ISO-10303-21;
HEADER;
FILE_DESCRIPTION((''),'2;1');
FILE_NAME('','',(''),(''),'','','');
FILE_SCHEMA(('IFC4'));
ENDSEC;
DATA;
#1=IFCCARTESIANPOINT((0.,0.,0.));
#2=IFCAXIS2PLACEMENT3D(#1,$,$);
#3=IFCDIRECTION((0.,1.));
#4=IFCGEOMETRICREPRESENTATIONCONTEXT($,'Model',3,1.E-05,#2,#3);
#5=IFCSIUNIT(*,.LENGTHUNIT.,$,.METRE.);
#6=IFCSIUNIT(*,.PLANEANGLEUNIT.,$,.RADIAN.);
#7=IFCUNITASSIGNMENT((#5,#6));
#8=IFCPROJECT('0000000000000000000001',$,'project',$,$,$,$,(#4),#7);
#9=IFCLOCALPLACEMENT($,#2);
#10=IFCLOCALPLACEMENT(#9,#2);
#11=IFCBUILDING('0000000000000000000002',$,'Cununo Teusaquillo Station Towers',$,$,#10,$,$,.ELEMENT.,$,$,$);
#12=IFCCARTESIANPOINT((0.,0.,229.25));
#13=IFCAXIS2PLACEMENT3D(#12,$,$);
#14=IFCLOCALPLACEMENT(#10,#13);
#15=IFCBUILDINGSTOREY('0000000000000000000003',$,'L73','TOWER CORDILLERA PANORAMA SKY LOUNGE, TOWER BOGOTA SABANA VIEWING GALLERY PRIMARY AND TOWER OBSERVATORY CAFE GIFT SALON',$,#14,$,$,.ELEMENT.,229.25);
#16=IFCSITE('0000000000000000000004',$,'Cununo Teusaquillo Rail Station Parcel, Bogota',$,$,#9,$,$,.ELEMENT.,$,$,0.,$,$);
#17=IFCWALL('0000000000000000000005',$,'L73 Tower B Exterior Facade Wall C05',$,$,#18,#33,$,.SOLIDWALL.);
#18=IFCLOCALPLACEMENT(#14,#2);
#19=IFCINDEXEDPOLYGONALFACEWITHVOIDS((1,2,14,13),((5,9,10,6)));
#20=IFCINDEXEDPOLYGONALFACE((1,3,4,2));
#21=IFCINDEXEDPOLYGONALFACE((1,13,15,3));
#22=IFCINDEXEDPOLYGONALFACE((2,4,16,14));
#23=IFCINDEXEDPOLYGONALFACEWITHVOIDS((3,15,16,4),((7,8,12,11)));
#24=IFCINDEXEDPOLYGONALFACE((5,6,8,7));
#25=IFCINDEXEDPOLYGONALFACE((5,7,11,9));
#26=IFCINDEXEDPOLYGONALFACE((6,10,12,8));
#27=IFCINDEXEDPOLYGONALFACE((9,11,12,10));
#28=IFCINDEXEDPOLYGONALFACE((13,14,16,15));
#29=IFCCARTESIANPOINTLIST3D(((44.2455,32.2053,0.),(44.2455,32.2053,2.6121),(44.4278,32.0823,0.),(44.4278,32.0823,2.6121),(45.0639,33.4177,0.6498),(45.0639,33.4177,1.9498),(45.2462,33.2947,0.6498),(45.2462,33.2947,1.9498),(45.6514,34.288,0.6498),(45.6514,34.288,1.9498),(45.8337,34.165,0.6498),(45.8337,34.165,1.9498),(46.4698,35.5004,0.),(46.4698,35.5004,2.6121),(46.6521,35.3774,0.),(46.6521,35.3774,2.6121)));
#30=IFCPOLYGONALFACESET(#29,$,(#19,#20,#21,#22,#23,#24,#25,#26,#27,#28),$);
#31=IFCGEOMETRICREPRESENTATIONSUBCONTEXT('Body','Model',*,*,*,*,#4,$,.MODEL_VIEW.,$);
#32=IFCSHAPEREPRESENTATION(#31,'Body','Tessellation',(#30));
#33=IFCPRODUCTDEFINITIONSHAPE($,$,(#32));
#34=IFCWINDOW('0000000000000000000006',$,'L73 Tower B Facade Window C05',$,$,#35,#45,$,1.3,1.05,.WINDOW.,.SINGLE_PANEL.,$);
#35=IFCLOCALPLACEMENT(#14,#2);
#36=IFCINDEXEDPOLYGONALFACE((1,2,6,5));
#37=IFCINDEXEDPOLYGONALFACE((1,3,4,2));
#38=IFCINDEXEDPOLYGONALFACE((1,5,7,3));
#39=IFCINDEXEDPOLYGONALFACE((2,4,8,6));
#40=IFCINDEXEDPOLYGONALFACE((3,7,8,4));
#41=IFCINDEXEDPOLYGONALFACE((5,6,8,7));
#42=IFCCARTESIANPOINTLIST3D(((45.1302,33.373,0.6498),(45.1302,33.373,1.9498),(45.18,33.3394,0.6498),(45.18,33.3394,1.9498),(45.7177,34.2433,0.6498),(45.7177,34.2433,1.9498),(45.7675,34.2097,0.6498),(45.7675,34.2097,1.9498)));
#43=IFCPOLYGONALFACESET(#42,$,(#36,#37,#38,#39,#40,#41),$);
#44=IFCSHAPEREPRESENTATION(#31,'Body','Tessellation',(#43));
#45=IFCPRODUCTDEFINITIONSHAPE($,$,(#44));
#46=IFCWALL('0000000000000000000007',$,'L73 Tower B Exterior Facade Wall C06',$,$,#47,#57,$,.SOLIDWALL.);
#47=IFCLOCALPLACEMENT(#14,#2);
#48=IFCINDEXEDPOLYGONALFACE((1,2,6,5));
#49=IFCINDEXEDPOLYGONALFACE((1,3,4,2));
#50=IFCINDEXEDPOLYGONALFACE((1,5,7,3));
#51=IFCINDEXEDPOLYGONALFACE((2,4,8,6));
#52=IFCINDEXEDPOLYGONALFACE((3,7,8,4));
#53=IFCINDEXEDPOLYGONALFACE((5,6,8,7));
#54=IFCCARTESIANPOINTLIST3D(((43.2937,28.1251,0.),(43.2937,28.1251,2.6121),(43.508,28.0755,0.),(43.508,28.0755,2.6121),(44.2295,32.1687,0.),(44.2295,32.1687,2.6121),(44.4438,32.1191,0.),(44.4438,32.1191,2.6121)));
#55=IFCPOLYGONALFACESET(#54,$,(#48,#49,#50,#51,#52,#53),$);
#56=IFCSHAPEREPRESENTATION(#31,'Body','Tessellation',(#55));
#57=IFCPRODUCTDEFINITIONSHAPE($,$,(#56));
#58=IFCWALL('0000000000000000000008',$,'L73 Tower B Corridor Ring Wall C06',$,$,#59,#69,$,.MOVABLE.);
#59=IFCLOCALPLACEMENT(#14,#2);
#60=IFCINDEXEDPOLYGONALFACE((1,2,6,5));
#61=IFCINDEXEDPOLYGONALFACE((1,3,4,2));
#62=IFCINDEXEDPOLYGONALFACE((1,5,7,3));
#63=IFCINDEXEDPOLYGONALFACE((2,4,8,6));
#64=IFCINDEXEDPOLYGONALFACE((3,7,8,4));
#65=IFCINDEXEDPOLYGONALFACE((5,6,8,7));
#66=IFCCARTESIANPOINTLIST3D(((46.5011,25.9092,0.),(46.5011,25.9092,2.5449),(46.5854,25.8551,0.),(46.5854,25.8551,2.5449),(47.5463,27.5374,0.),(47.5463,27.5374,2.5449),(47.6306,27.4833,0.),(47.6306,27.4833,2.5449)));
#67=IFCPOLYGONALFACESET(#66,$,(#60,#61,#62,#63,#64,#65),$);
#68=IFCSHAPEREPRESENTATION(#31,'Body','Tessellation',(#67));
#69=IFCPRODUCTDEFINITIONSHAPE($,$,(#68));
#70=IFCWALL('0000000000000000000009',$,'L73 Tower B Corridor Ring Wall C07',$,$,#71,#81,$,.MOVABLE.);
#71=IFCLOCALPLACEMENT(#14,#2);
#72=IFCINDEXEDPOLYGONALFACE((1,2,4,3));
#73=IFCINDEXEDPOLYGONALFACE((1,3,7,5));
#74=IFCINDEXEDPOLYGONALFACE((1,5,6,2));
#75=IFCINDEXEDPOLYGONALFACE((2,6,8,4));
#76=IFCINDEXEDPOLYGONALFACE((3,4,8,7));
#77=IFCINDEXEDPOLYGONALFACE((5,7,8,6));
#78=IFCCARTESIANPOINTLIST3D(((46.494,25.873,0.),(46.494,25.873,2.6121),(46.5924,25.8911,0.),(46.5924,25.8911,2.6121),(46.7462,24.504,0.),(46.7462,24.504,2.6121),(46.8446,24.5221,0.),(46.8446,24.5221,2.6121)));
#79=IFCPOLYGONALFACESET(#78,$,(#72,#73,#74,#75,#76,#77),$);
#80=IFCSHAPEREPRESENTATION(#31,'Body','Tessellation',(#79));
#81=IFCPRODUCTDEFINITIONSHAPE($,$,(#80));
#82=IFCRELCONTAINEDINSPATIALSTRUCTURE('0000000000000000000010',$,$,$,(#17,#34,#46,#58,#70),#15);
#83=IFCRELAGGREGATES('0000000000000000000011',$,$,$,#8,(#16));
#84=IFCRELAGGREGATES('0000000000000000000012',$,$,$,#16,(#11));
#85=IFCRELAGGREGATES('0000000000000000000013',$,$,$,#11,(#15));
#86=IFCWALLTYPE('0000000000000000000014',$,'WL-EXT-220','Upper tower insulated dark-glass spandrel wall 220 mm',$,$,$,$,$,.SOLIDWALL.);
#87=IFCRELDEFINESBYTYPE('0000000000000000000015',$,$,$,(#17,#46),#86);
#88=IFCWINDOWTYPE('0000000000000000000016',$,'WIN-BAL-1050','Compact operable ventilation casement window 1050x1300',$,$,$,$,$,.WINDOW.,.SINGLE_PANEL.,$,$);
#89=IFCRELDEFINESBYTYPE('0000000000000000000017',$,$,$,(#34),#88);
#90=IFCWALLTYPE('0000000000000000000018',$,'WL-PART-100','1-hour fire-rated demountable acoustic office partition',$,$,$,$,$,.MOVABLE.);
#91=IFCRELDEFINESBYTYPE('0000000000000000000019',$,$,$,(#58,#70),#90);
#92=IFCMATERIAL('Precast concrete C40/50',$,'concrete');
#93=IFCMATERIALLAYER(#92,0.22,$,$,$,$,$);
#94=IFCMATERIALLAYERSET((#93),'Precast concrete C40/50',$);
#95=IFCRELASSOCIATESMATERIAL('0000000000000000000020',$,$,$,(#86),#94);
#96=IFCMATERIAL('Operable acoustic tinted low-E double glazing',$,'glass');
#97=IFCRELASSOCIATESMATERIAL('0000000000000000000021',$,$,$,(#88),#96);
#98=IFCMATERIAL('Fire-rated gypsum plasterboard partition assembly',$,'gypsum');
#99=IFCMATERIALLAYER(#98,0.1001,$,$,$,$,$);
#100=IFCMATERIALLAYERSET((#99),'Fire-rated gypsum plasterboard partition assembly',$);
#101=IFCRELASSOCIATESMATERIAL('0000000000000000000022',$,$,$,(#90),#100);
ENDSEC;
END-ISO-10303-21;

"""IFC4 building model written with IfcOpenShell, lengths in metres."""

from ifc_helpers import new_model, si_unit, direction, frame, frame_2d, origin, place, context, subcontext, project, spatial, rectangle, extrude, source, transform, mapped, material, layer, layer_set, type_object, element, fill, save


model = new_model("IFC4")

# Units and contexts
model_context = context("Model", 3, precision=1e-05, world=origin(), true_north=direction((0.0, 1.0)))
body_context = subcontext(model_context, "Body", "Model", "MODEL_VIEW")
ifc_project = project(units=[si_unit("LENGTHUNIT", "METRE"), si_unit("PLANEANGLEUNIT", "RADIAN")], contexts=[model_context])

# Site, building, storey
site_placement = place(None, origin())
site = spatial("IfcSite", under=ifc_project, at=site_placement, Name="Cununo Teusaquillo Rail Station Parcel, Bogota", CompositionType="ELEMENT", RefElevation=0.0)
building_placement = place(site_placement, origin())
building = spatial("IfcBuilding", under=site, at=building_placement, Name="Cununo Teusaquillo Station Towers", CompositionType="ELEMENT")
storey_placement = place(building_placement, frame((0.0, 0.0, 229.25)))
storey = spatial("IfcBuildingStorey", under=building, at=storey_placement, Name="L73", Description="TOWER CORDILLERA PANORAMA SKY LOUNGE, TOWER BOGOTA SABANA VIEWING GALLERY PRIMARY AND TOWER OBSERVATORY CAFE GIFT SALON", CompositionType="ELEMENT", Elevation=229.25)

# Shared definitions
ifc_material_1 = material(Name="Precast concrete C40/50", Category="concrete")
ifc_layer_1 = layer(ifc_material_1, 0.22)
ifc_layer_set_1 = layer_set([ifc_layer_1], Name="Precast concrete C40/50")
wall_type_1 = type_object("IfcWallType", Name="WL-EXT-220", Description="Upper tower insulated dark-glass spandrel wall 220 mm", PredefinedType="SOLIDWALL", material=ifc_layer_set_1)
shared_shape_1 = source(origin(), body_context, "Body", "SweptSolid", [
    extrude(rectangle(XDim=1.05, YDim=1.3, at=frame_2d((0.5249, 0.6499))), frame((0.0, 0.1199, 0.0), z_axis=(0.0, -1.0, 0.0), x_axis=(1.0, 0.0, 0.0)), (0.0, 0.0, 1.0), 0.24),
])
ifc_material_2 = material(Name="Operable acoustic tinted low-E double glazing", Category="glass")
window_type = type_object("IfcWindowType", Name="WIN-BAL-1050", Description="Compact operable ventilation casement window 1050x1300", PartitioningType="SINGLE_PANEL", PredefinedType="WINDOW", material=ifc_material_2)
shared_shape_2 = source(origin(), body_context, "Body", "SweptSolid", [
    extrude(rectangle(XDim=1.05, YDim=1.3, at=frame_2d((0.5249, 0.6499))), frame((0.0, 0.03, 0.0), z_axis=(0.0, -1.0, 0.0), x_axis=(1.0, 0.0, 0.0)), (0.0, 0.0, 1.0), 0.0601),
])

# Wall, opening, window
wall_1_placement = place(storey_placement, frame((44.3367, 32.1438, 0.0), z_axis=(0.0, 0.0, 1.0), x_axis=(0.559495, 0.828834, 0.0)))
wall_1 = element("IfcWall", 1, at=wall_1_placement, inside=storey, type_object=wall_type_1, Name="L73 Tower B Exterior Facade Wall C05", PredefinedType="SOLIDWALL", context=body_context, shape_type="SweptSolid", body=[
    extrude(rectangle(XDim=3.9756, YDim=0.22, at=frame_2d((1.9878, 0.0))), origin(), (0.0, 0.0, 1.0), 2.6121),
])
opening_1_placement = place(wall_1_placement, frame((1.4629, 0.0, 0.6499)))
opening_1 = element("IfcOpeningElement", 2, at=opening_1_placement, cuts=wall_1, PredefinedType="OPENING", context=body_context, shape_type="MappedRepresentation", body=[
    mapped(shared_shape_1, transform((0.0, 0.0, 0.0), x_axis=(1.0, 0.0, 0.0), y_axis=(0.0, 1.0, 0.0), z_axis=(0.0, 0.0, 1.0), scale=1.0)),
])
window_1_placement = place(opening_1_placement, origin())
window_1 = element("IfcWindow", 3, at=window_1_placement, inside=storey, type_object=window_type, Name="L73 Tower B Facade Window C05", OverallHeight=1.3, OverallWidth=1.05, PartitioningType="SINGLE_PANEL", PredefinedType="WINDOW", context=body_context, shape_type="MappedRepresentation", body=[
    mapped(shared_shape_2, transform((0.0, 0.0, 0.0), x_axis=(1.0, 0.0, 0.0), y_axis=(0.0, 1.0, 0.0), z_axis=(0.0, 0.0, 1.0), scale=1.0)),
])
fill(opening_1, window_1)

# Walls
wall_2_placement = place(storey_placement, frame((43.4009, 28.1003, 0.0), z_axis=(0.0, 0.0, 1.0), x_axis=(0.225474, 0.974249, 0.0)))
element("IfcWall", 4, at=wall_2_placement, inside=storey, type_object=wall_type_1, Name="L73 Tower B Exterior Facade Wall C06", PredefinedType="SOLIDWALL", context=body_context, shape_type="SweptSolid", body=[
    extrude(rectangle(XDim=4.1504, YDim=0.22, at=frame_2d((2.0752, 0.0))), origin(), (0.0, 0.0, 1.0), 2.6121),
])
ifc_material_3 = material(Name="Fire-rated gypsum plasterboard partition assembly", Category="gypsum")
ifc_layer_2 = layer(ifc_material_3, 0.1001)
ifc_layer_set_2 = layer_set([ifc_layer_2], Name="Fire-rated gypsum plasterboard partition assembly")
wall_type_2 = type_object("IfcWallType", Name="WL-PART-100", Description="1-hour fire-rated demountable acoustic office partition", PredefinedType="MOVABLE", material=ifc_layer_set_2)
wall_3_placement = place(storey_placement, frame((47.5884, 27.5103, 0.0), z_axis=(0.0, 0.0, 1.0), x_axis=(-0.540203, -0.841535, 0.0)))
element("IfcWall", 5, at=wall_3_placement, inside=storey, type_object=wall_type_2, Name="L73 Tower B Corridor Ring Wall C06", PredefinedType="MOVABLE", context=body_context, shape_type="SweptSolid", body=[
    extrude(rectangle(XDim=1.9348, YDim=0.1001, at=frame_2d((0.9673, 0.0))), origin(), (0.0, 0.0, 1.0), 2.5449),
])
wall_4_placement = place(storey_placement, frame((46.5432, 25.8821, 0.0), z_axis=(0.0, 0.0, 1.0), x_axis=(0.181154, -0.983455, 0.0)))
element("IfcWall", 6, at=wall_4_placement, inside=storey, type_object=wall_type_2, Name="L73 Tower B Corridor Ring Wall C07", PredefinedType="MOVABLE", context=body_context, shape_type="SweptSolid", body=[
    extrude(rectangle(XDim=1.3921, YDim=0.1001, at=frame_2d((0.696, 0.0))), origin(), (0.0, 0.0, 1.0), 2.6121),
])

save(model, "model.ifc")
